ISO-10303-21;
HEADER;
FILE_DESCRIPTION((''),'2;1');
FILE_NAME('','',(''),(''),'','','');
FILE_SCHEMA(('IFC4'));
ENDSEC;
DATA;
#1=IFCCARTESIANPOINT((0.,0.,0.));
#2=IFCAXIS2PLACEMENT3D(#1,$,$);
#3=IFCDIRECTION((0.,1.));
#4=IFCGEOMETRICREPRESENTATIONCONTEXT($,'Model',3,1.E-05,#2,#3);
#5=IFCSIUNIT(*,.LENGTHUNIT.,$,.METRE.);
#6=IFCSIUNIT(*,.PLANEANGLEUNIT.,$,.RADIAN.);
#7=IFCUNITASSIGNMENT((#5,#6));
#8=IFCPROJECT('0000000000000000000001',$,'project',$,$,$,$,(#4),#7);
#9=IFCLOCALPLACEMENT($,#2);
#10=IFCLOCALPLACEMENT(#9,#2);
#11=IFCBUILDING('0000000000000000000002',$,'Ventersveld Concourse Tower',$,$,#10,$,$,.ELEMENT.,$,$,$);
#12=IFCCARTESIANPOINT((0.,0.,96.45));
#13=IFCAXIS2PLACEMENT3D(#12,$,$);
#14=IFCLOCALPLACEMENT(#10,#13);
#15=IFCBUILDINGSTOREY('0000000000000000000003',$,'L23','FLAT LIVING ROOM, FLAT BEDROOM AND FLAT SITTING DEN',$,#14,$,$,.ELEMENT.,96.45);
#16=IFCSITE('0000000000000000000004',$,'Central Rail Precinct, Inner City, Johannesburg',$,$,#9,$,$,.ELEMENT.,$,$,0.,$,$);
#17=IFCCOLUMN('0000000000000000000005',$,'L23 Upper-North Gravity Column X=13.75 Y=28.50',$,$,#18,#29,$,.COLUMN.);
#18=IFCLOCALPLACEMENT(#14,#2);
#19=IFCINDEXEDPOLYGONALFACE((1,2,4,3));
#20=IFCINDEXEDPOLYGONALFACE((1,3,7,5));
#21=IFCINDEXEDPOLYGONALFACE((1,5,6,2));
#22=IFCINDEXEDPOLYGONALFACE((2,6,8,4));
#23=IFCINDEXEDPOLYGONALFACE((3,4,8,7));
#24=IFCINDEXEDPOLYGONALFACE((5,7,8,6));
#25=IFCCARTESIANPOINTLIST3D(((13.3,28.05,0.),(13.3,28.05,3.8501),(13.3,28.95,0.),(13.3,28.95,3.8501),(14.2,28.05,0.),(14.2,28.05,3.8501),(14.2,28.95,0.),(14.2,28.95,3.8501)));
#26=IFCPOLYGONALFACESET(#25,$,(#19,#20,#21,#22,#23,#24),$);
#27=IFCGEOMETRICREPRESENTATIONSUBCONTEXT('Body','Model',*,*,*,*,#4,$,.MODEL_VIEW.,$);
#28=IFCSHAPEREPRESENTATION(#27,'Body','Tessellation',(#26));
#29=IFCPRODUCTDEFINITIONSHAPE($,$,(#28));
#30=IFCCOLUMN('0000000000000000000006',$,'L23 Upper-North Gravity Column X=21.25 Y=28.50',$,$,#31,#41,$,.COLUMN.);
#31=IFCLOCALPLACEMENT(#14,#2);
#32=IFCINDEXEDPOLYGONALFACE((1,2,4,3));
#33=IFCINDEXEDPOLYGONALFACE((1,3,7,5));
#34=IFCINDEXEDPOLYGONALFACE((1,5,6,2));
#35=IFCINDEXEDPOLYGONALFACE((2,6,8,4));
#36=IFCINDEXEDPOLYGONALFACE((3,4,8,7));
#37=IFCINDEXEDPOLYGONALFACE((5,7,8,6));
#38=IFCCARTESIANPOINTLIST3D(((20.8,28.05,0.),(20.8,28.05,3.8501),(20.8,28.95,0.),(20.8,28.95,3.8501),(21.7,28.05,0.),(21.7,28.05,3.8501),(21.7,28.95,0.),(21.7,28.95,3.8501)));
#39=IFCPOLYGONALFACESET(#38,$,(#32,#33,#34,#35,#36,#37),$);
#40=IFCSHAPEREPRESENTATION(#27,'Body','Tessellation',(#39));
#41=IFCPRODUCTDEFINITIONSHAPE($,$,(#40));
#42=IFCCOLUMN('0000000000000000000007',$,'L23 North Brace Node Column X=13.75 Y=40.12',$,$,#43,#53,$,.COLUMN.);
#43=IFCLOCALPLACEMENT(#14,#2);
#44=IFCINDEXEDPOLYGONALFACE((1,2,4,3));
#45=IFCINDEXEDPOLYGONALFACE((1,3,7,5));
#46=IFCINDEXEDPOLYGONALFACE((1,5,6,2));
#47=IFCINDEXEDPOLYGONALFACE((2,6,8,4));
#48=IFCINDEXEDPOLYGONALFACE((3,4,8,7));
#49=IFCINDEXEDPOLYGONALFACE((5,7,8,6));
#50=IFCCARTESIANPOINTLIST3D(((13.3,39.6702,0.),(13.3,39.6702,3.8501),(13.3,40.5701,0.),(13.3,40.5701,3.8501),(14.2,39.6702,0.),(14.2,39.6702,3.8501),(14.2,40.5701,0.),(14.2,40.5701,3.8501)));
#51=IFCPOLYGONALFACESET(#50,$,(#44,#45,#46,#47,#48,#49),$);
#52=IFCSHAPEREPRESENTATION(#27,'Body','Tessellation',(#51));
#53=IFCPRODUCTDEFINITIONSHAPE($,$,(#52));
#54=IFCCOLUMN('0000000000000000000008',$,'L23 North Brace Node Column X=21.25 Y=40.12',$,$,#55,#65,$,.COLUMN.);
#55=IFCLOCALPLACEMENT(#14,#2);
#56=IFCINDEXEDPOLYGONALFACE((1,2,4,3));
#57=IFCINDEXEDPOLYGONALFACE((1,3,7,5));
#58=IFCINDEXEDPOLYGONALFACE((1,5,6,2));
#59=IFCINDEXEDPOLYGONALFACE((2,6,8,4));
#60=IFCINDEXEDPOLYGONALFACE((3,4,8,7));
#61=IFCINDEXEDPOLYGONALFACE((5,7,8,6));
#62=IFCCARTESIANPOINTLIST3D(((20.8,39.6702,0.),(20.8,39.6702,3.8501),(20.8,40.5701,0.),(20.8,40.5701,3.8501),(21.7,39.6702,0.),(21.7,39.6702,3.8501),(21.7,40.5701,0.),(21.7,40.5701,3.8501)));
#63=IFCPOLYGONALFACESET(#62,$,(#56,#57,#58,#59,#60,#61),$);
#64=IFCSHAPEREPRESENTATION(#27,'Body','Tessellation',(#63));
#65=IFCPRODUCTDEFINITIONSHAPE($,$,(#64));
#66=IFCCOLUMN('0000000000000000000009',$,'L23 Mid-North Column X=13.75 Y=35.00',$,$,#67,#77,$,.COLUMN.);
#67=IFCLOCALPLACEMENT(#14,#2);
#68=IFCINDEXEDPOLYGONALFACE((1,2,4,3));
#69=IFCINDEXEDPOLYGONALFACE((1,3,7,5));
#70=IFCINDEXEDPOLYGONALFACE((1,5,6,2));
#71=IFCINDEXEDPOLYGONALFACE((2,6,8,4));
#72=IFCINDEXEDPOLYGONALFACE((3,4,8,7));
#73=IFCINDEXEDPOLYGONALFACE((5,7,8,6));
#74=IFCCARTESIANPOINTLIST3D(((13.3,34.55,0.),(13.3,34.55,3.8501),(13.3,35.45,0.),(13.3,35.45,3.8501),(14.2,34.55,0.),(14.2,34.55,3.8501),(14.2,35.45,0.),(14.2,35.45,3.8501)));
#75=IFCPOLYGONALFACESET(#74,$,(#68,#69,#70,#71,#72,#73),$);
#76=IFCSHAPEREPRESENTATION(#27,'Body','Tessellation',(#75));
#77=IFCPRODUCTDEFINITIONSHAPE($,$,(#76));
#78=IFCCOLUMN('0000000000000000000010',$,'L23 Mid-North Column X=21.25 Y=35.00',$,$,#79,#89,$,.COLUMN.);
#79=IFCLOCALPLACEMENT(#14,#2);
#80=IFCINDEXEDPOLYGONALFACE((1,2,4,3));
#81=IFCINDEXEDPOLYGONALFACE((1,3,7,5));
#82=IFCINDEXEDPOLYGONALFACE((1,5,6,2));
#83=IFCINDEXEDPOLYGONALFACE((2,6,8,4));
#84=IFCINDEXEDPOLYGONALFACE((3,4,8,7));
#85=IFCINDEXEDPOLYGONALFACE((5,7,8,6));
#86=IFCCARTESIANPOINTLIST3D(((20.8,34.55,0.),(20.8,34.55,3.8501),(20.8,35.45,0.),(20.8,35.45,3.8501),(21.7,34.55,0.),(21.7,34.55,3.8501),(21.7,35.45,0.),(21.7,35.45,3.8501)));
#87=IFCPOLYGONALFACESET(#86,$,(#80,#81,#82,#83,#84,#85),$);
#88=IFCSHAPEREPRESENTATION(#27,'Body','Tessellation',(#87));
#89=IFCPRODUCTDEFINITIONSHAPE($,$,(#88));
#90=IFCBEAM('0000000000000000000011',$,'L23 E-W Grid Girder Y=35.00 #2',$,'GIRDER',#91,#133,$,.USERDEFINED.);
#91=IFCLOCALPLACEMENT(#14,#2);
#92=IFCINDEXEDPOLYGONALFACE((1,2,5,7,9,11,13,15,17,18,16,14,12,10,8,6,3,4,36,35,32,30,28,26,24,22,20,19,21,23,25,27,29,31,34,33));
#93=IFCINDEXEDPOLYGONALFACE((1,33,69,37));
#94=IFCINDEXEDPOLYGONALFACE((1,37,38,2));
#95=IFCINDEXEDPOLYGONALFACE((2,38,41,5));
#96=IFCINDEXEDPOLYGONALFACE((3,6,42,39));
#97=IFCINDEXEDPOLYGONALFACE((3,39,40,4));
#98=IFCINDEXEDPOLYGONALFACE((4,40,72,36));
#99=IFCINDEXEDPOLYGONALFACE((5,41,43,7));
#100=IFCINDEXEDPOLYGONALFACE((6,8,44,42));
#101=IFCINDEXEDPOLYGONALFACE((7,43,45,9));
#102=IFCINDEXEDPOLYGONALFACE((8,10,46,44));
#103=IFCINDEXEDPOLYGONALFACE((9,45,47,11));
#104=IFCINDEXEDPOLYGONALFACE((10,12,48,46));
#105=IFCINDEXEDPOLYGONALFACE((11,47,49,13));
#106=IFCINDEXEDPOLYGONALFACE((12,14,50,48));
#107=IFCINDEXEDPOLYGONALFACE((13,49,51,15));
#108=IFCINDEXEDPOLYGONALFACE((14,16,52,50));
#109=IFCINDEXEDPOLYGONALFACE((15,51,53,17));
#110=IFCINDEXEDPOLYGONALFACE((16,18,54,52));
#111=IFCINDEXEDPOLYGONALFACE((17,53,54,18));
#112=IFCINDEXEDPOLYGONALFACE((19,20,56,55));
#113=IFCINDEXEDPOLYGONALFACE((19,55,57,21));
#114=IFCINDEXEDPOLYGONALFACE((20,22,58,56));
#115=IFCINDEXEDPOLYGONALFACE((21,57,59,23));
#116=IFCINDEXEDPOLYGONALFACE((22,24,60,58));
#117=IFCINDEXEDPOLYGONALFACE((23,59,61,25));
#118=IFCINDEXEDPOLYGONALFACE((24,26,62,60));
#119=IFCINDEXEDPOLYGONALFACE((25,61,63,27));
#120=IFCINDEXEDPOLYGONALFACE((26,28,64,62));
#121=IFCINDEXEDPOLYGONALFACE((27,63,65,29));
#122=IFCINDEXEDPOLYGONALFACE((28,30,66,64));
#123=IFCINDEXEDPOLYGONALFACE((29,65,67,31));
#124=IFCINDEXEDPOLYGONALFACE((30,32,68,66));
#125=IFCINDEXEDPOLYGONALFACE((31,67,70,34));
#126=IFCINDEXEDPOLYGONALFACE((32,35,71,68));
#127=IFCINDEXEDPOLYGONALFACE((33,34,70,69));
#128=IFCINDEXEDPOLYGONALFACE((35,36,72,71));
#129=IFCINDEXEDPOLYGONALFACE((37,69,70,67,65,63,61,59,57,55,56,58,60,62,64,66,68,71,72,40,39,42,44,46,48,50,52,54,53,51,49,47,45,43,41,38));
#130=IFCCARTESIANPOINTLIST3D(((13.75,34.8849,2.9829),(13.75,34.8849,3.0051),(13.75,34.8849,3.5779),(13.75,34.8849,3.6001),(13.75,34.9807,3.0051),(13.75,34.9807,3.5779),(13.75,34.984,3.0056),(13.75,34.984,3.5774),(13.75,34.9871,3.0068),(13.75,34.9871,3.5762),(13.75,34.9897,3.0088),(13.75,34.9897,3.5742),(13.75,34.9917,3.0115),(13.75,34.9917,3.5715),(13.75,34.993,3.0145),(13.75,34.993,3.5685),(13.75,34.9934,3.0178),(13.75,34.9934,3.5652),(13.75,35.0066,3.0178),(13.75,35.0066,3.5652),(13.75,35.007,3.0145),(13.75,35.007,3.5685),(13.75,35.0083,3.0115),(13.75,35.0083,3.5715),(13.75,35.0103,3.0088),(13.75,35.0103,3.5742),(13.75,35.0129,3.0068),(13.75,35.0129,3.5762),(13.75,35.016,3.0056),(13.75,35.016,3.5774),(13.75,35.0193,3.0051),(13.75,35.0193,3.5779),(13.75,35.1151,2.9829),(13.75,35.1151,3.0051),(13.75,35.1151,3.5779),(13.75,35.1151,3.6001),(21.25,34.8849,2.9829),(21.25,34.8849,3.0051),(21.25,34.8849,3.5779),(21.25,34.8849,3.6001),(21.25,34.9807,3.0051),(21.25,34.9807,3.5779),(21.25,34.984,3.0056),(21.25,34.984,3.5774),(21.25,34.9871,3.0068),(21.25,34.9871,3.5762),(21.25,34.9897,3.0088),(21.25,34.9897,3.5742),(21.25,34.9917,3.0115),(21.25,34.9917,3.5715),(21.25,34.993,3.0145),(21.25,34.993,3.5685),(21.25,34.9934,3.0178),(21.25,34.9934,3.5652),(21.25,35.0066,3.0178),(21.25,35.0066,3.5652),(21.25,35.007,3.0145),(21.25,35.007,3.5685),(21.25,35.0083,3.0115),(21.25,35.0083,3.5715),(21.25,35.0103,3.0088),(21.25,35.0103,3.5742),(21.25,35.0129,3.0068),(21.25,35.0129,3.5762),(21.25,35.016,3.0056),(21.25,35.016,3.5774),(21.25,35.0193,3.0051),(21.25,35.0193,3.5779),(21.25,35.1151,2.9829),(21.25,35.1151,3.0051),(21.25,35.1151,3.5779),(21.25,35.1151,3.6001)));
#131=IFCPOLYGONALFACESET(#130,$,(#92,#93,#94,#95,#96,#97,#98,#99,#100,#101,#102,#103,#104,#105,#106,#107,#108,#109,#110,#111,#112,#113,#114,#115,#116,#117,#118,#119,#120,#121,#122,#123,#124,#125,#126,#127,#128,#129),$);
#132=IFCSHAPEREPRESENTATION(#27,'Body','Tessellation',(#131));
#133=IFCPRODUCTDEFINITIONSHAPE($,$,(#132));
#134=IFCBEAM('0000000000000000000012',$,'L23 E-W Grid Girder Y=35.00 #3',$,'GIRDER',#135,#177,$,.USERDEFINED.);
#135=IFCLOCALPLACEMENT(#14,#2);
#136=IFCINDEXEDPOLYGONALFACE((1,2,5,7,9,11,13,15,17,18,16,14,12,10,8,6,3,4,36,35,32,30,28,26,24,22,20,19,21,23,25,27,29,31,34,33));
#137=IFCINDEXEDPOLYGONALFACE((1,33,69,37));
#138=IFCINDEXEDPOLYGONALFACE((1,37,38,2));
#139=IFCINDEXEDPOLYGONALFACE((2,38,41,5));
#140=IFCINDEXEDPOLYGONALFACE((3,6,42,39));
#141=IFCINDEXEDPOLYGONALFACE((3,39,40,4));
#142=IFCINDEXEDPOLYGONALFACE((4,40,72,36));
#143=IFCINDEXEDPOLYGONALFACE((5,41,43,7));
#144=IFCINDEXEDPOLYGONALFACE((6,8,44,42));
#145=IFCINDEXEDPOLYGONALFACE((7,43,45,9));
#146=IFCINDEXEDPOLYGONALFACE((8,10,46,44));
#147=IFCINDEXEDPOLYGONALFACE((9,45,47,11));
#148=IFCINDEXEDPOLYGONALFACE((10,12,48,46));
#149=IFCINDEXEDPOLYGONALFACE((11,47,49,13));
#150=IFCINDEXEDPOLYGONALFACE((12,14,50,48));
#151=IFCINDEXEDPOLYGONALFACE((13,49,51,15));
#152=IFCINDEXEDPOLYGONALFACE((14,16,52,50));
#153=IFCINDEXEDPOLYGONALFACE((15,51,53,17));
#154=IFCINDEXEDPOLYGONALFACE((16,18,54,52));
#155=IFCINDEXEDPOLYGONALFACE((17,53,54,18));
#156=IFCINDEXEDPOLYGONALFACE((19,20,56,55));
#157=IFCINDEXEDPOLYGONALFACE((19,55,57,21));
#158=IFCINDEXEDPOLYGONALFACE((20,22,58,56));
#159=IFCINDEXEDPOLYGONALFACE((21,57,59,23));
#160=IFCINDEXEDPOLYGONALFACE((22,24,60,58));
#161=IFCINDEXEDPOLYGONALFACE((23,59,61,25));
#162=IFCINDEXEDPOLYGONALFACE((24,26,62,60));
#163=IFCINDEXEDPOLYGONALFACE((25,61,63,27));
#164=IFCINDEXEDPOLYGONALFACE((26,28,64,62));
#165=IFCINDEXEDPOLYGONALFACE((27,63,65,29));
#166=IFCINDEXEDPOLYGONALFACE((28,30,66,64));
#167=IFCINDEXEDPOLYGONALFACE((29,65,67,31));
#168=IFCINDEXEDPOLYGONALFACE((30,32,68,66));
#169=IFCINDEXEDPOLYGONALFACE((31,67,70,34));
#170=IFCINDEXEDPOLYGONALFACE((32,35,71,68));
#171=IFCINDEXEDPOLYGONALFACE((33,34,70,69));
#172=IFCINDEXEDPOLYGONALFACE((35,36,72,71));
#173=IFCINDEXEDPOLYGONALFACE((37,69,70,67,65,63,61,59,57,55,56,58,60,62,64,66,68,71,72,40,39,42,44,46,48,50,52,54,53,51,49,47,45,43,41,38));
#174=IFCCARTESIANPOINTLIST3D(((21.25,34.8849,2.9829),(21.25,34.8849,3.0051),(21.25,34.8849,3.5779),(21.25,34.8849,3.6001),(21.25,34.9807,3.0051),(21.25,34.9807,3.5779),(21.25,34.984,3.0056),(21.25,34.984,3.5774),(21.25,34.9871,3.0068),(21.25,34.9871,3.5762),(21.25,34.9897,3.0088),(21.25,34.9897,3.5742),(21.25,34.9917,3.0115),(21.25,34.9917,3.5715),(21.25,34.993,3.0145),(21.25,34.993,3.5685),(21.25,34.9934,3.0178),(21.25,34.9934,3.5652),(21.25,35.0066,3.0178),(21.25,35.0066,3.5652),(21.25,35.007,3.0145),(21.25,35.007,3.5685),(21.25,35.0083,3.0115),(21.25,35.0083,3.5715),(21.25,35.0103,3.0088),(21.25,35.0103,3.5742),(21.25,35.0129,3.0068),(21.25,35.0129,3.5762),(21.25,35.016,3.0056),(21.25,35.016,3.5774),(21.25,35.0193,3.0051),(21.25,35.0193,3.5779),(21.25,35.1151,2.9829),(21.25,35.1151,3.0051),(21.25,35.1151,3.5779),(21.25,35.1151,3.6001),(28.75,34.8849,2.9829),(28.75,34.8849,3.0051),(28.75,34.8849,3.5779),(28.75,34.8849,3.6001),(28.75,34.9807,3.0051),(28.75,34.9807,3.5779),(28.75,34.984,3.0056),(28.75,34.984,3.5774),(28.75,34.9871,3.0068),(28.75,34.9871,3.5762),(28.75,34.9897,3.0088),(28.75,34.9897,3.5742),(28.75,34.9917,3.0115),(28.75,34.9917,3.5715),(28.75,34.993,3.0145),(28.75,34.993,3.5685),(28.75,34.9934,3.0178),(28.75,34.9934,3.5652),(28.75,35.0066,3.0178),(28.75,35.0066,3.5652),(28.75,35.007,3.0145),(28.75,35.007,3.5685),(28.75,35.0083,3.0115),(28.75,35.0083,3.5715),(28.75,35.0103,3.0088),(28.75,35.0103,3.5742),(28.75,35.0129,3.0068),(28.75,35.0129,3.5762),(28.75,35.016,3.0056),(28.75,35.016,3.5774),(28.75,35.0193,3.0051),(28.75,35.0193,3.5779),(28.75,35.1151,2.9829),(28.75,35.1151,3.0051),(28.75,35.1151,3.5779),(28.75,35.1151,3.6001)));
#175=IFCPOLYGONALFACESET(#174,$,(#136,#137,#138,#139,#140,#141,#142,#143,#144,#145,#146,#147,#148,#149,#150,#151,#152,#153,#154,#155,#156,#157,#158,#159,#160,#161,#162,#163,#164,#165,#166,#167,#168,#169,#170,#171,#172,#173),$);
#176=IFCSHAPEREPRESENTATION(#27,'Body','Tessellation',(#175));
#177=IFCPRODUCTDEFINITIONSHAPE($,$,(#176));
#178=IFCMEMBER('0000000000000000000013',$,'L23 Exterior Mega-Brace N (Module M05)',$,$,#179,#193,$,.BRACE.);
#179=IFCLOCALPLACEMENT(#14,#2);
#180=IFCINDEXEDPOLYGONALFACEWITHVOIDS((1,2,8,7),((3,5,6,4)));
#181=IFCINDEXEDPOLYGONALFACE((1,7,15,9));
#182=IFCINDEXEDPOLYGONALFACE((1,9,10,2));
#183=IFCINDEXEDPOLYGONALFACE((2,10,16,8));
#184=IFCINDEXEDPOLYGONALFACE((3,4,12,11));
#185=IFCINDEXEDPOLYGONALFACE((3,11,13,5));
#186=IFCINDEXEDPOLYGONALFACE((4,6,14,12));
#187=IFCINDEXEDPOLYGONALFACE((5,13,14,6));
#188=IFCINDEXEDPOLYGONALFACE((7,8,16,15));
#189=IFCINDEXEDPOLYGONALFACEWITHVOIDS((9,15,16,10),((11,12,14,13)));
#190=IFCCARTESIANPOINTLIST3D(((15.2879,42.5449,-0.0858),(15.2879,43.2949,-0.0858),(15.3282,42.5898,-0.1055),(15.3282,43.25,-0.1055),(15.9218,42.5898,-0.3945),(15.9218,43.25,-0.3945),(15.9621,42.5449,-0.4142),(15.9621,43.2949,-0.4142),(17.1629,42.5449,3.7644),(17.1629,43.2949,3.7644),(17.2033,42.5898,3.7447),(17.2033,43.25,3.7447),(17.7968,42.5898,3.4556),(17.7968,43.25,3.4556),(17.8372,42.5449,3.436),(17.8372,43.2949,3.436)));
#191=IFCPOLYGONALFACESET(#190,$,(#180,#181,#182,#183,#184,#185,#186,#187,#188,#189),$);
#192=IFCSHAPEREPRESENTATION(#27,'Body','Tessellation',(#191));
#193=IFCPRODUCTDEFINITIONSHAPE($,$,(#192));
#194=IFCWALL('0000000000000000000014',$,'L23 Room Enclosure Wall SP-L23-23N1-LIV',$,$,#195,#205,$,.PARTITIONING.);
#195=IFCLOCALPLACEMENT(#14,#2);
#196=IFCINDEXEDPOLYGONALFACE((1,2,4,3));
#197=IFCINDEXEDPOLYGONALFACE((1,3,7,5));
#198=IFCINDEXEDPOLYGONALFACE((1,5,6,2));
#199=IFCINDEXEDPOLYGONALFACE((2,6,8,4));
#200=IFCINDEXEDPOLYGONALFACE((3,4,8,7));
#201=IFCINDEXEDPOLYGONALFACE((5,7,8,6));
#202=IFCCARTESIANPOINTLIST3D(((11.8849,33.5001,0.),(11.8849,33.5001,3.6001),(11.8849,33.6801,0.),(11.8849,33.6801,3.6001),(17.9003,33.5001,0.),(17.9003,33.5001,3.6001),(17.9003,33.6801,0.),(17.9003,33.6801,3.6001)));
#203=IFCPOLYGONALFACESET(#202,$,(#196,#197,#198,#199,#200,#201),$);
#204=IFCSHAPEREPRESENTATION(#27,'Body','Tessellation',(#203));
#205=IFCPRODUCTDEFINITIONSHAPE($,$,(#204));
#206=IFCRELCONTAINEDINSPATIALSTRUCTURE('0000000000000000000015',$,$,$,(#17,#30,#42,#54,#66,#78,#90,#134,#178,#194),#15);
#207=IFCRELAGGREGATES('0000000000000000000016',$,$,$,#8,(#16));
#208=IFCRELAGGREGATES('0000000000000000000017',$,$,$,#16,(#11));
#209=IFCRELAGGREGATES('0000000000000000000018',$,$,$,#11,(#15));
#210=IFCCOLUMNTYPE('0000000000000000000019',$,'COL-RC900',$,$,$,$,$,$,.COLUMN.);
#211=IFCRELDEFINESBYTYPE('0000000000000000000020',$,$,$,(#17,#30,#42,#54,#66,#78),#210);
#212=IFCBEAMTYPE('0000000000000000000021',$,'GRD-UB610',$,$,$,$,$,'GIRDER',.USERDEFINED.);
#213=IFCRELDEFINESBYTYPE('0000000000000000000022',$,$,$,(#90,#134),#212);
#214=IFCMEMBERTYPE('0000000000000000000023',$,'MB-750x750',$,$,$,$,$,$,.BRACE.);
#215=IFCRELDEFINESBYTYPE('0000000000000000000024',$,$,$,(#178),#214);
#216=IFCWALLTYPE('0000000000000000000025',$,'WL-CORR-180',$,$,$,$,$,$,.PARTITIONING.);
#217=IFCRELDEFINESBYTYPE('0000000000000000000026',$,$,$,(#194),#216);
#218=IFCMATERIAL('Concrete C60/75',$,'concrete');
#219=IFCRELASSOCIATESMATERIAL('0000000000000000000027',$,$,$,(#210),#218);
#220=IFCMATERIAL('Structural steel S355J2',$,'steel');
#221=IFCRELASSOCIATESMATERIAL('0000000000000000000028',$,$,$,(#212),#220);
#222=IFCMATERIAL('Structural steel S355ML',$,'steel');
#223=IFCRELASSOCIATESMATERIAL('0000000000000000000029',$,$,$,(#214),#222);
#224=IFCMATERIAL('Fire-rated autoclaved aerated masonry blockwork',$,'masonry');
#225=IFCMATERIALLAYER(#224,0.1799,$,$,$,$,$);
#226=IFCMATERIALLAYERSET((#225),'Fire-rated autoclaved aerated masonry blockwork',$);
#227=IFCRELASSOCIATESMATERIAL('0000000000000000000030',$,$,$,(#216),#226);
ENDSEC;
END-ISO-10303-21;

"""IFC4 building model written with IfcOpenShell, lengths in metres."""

from ifc_helpers import new_model, si_unit, direction, frame, frame_2d, origin, origin_2d, place, context, subcontext, project, spatial, rectangle, hollow_rectangle, i_section, extrude, material, layer, layer_set, material_profile, profile_set, type_object, element, save


model = new_model("IFC4")

# Units and contexts
model_context = context("Model", 3, precision=1e-05, world=origin(), true_north=direction((0.0, 1.0)))
body_context = subcontext(model_context, "Body", "Model", "MODEL_VIEW")
ifc_project = project(units=[si_unit("LENGTHUNIT", "METRE"), si_unit("PLANEANGLEUNIT", "RADIAN")], contexts=[model_context])

# Site, building, storey
site_placement = place(None, origin())
site = spatial("IfcSite", under=ifc_project, at=site_placement, Name="Central Rail Precinct, Inner City, Johannesburg", CompositionType="ELEMENT", RefElevation=0.0)
building_placement = place(site_placement, origin())
building = spatial("IfcBuilding", under=site, at=building_placement, Name="Ventersveld Concourse Tower", CompositionType="ELEMENT")
storey_placement = place(building_placement, frame((0.0, 0.0, 96.45)))
storey = spatial("IfcBuildingStorey", under=building, at=storey_placement, Name="L23", Description="FLAT LIVING ROOM, FLAT BEDROOM AND FLAT SITTING DEN", CompositionType="ELEMENT", Elevation=96.45)

# Columns
ifc_material_1 = material(Name="Concrete C60/75", Category="concrete")
ifc_material_profile_1 = material_profile(ifc_material_1, rectangle(XDim=0.8999, YDim=0.8999, at=origin_2d()), Name="RC 900x900")
ifc_profile_set_1 = profile_set([ifc_material_profile_1], Name="Concrete C60/75")
column_type = type_object("IfcColumnType", Name="COL-RC900", PredefinedType="COLUMN", material=ifc_profile_set_1)
for number, where, z_axis, x_axis, name in (
    (1, (13.75, 28.5, 0.0), (0.0, 0.0, 1.0), (1.0, 0.0, 0.0), "L23 Upper-North Gravity Column X=13.75 Y=28.50"),
    (2, (21.25, 28.5, 0.0), (0.0, 0.0, 1.0), (1.0, 0.0, 0.0), "L23 Upper-North Gravity Column X=21.25 Y=28.50"),
    (3, (13.75, 40.1201, 0.0), (0.0, 0.0, 1.0), (1.0, 0.0, 0.0), "L23 North Brace Node Column X=13.75 Y=40.12"),
    (4, (21.25, 40.1201, 0.0), (0.0, 0.0, 1.0), (1.0, 0.0, 0.0), "L23 North Brace Node Column X=21.25 Y=40.12"),
    (5, (13.75, 35.0, 0.0), (0.0, 0.0, 1.0), (1.0, 0.0, 0.0), "L23 Mid-North Column X=13.75 Y=35.00"),
    (6, (21.25, 35.0, 0.0), (0.0, 0.0, 1.0), (1.0, 0.0, 0.0), "L23 Mid-North Column X=21.25 Y=35.00"),
):
    element("IfcColumn", number, at=place(storey_placement, frame(where, z_axis=z_axis, x_axis=x_axis)), inside=storey, type_object=column_type, Name=name, PredefinedType="COLUMN", context=body_context, shape_type="SweptSolid", body=[
        extrude(rectangle(XDim=0.8999, YDim=0.8999, at=origin_2d()), origin(), (0.0, 0.0, 1.0), 3.8501),
    ])

# Beams
ifc_material_2 = material(Name="Structural steel S355J2", Category="steel")
ifc_material_profile_2 = material_profile(ifc_material_2, i_section(OverallWidth=0.2302, OverallDepth=0.6172, WebThickness=0.0132, FlangeThickness=0.0222, FilletRadius=0.0127, at=origin_2d()), Name="UB 610x229x140")
ifc_profile_set_2 = profile_set([ifc_material_profile_2], Name="Structural steel S355J2")
beam_type = type_object("IfcBeamType", Name="GRD-UB610", ElementType="GIRDER", PredefinedType="USERDEFINED", material=ifc_profile_set_2)
for number, where, z_axis, x_axis, name in (
    (7, (13.75, 35.0, 3.2915), (1.0, 0.0, 0.0), (0.0, 1.0, 0.0), "L23 E-W Grid Girder Y=35.00 #2"),
    (8, (21.25, 35.0, 3.2915), (1.0, 0.0, 0.0), (0.0, 1.0, 0.0), "L23 E-W Grid Girder Y=35.00 #3"),
):
    element("IfcBeam", number, at=place(storey_placement, frame(where, z_axis=z_axis, x_axis=x_axis)), inside=storey, type_object=beam_type, Name=name, ObjectType="GIRDER", PredefinedType="USERDEFINED", context=body_context, shape_type="SweptSolid", body=[
        extrude(i_section(OverallWidth=0.2302, OverallDepth=0.6172, WebThickness=0.0132, FlangeThickness=0.0222, FilletRadius=0.0127, at=origin_2d()), origin(), (0.0, 0.0, 1.0), 7.5),
    ])

# Member
ifc_material_3 = material(Name="Structural steel S355ML", Category="steel")
ifc_material_profile_3 = material_profile(ifc_material_3, hollow_rectangle(XDim=0.75, YDim=0.75, WallThickness=0.0449, at=origin_2d()), Name="BOX 750x750x45")
ifc_profile_set_3 = profile_set([ifc_material_profile_3], Name="Structural steel S355ML")
member_type = type_object("IfcMemberType", Name="MB-750x750", PredefinedType="BRACE", material=ifc_profile_set_3)
member_placement = place(storey_placement, frame((15.625, 42.9199, -0.25), z_axis=(0.437839, 0.0, 0.899053), x_axis=(0.0, 1.0, 0.0)))
element("IfcMember", 9, at=member_placement, inside=storey, type_object=member_type, Name="L23 Exterior Mega-Brace N (Module M05)", PredefinedType="BRACE", context=body_context, shape_type="SweptSolid", body=[
    extrude(hollow_rectangle(XDim=0.75, YDim=0.75, WallThickness=0.0449, at=origin_2d()), origin(), (0.0, 0.0, 1.0), 4.2825),
])

# Wall
ifc_material_4 = material(Name="Fire-rated autoclaved aerated masonry blockwork", Category="masonry")
ifc_layer_1 = layer(ifc_material_4, 0.1799)
ifc_layer_set_1 = layer_set([ifc_layer_1], Name="Fire-rated autoclaved aerated masonry blockwork")
wall_type_1 = type_object("IfcWallType", Name="WL-CORR-180", PredefinedType="PARTITIONING", material=ifc_layer_set_1)
wall_1_placement = place(storey_placement, frame((17.9004, 33.5901, 0.0), z_axis=(0.0, 0.0, 1.0), x_axis=(-1.0, 0.0, 0.0)))
element("IfcWall", 10, at=wall_1_placement, inside=storey, type_object=wall_type_1, Name="L23 Room Enclosure Wall SP-L23-23N1-LIV", PredefinedType="PARTITIONING", context=body_context, shape_type="SweptSolid", body=[
    extrude(rectangle(XDim=6.0154, YDim=0.1799, at=frame_2d((3.0078, 0.0))), origin(), (0.0, 0.0, 1.0), 3.6001),
])

save(model, "model.ifc")
